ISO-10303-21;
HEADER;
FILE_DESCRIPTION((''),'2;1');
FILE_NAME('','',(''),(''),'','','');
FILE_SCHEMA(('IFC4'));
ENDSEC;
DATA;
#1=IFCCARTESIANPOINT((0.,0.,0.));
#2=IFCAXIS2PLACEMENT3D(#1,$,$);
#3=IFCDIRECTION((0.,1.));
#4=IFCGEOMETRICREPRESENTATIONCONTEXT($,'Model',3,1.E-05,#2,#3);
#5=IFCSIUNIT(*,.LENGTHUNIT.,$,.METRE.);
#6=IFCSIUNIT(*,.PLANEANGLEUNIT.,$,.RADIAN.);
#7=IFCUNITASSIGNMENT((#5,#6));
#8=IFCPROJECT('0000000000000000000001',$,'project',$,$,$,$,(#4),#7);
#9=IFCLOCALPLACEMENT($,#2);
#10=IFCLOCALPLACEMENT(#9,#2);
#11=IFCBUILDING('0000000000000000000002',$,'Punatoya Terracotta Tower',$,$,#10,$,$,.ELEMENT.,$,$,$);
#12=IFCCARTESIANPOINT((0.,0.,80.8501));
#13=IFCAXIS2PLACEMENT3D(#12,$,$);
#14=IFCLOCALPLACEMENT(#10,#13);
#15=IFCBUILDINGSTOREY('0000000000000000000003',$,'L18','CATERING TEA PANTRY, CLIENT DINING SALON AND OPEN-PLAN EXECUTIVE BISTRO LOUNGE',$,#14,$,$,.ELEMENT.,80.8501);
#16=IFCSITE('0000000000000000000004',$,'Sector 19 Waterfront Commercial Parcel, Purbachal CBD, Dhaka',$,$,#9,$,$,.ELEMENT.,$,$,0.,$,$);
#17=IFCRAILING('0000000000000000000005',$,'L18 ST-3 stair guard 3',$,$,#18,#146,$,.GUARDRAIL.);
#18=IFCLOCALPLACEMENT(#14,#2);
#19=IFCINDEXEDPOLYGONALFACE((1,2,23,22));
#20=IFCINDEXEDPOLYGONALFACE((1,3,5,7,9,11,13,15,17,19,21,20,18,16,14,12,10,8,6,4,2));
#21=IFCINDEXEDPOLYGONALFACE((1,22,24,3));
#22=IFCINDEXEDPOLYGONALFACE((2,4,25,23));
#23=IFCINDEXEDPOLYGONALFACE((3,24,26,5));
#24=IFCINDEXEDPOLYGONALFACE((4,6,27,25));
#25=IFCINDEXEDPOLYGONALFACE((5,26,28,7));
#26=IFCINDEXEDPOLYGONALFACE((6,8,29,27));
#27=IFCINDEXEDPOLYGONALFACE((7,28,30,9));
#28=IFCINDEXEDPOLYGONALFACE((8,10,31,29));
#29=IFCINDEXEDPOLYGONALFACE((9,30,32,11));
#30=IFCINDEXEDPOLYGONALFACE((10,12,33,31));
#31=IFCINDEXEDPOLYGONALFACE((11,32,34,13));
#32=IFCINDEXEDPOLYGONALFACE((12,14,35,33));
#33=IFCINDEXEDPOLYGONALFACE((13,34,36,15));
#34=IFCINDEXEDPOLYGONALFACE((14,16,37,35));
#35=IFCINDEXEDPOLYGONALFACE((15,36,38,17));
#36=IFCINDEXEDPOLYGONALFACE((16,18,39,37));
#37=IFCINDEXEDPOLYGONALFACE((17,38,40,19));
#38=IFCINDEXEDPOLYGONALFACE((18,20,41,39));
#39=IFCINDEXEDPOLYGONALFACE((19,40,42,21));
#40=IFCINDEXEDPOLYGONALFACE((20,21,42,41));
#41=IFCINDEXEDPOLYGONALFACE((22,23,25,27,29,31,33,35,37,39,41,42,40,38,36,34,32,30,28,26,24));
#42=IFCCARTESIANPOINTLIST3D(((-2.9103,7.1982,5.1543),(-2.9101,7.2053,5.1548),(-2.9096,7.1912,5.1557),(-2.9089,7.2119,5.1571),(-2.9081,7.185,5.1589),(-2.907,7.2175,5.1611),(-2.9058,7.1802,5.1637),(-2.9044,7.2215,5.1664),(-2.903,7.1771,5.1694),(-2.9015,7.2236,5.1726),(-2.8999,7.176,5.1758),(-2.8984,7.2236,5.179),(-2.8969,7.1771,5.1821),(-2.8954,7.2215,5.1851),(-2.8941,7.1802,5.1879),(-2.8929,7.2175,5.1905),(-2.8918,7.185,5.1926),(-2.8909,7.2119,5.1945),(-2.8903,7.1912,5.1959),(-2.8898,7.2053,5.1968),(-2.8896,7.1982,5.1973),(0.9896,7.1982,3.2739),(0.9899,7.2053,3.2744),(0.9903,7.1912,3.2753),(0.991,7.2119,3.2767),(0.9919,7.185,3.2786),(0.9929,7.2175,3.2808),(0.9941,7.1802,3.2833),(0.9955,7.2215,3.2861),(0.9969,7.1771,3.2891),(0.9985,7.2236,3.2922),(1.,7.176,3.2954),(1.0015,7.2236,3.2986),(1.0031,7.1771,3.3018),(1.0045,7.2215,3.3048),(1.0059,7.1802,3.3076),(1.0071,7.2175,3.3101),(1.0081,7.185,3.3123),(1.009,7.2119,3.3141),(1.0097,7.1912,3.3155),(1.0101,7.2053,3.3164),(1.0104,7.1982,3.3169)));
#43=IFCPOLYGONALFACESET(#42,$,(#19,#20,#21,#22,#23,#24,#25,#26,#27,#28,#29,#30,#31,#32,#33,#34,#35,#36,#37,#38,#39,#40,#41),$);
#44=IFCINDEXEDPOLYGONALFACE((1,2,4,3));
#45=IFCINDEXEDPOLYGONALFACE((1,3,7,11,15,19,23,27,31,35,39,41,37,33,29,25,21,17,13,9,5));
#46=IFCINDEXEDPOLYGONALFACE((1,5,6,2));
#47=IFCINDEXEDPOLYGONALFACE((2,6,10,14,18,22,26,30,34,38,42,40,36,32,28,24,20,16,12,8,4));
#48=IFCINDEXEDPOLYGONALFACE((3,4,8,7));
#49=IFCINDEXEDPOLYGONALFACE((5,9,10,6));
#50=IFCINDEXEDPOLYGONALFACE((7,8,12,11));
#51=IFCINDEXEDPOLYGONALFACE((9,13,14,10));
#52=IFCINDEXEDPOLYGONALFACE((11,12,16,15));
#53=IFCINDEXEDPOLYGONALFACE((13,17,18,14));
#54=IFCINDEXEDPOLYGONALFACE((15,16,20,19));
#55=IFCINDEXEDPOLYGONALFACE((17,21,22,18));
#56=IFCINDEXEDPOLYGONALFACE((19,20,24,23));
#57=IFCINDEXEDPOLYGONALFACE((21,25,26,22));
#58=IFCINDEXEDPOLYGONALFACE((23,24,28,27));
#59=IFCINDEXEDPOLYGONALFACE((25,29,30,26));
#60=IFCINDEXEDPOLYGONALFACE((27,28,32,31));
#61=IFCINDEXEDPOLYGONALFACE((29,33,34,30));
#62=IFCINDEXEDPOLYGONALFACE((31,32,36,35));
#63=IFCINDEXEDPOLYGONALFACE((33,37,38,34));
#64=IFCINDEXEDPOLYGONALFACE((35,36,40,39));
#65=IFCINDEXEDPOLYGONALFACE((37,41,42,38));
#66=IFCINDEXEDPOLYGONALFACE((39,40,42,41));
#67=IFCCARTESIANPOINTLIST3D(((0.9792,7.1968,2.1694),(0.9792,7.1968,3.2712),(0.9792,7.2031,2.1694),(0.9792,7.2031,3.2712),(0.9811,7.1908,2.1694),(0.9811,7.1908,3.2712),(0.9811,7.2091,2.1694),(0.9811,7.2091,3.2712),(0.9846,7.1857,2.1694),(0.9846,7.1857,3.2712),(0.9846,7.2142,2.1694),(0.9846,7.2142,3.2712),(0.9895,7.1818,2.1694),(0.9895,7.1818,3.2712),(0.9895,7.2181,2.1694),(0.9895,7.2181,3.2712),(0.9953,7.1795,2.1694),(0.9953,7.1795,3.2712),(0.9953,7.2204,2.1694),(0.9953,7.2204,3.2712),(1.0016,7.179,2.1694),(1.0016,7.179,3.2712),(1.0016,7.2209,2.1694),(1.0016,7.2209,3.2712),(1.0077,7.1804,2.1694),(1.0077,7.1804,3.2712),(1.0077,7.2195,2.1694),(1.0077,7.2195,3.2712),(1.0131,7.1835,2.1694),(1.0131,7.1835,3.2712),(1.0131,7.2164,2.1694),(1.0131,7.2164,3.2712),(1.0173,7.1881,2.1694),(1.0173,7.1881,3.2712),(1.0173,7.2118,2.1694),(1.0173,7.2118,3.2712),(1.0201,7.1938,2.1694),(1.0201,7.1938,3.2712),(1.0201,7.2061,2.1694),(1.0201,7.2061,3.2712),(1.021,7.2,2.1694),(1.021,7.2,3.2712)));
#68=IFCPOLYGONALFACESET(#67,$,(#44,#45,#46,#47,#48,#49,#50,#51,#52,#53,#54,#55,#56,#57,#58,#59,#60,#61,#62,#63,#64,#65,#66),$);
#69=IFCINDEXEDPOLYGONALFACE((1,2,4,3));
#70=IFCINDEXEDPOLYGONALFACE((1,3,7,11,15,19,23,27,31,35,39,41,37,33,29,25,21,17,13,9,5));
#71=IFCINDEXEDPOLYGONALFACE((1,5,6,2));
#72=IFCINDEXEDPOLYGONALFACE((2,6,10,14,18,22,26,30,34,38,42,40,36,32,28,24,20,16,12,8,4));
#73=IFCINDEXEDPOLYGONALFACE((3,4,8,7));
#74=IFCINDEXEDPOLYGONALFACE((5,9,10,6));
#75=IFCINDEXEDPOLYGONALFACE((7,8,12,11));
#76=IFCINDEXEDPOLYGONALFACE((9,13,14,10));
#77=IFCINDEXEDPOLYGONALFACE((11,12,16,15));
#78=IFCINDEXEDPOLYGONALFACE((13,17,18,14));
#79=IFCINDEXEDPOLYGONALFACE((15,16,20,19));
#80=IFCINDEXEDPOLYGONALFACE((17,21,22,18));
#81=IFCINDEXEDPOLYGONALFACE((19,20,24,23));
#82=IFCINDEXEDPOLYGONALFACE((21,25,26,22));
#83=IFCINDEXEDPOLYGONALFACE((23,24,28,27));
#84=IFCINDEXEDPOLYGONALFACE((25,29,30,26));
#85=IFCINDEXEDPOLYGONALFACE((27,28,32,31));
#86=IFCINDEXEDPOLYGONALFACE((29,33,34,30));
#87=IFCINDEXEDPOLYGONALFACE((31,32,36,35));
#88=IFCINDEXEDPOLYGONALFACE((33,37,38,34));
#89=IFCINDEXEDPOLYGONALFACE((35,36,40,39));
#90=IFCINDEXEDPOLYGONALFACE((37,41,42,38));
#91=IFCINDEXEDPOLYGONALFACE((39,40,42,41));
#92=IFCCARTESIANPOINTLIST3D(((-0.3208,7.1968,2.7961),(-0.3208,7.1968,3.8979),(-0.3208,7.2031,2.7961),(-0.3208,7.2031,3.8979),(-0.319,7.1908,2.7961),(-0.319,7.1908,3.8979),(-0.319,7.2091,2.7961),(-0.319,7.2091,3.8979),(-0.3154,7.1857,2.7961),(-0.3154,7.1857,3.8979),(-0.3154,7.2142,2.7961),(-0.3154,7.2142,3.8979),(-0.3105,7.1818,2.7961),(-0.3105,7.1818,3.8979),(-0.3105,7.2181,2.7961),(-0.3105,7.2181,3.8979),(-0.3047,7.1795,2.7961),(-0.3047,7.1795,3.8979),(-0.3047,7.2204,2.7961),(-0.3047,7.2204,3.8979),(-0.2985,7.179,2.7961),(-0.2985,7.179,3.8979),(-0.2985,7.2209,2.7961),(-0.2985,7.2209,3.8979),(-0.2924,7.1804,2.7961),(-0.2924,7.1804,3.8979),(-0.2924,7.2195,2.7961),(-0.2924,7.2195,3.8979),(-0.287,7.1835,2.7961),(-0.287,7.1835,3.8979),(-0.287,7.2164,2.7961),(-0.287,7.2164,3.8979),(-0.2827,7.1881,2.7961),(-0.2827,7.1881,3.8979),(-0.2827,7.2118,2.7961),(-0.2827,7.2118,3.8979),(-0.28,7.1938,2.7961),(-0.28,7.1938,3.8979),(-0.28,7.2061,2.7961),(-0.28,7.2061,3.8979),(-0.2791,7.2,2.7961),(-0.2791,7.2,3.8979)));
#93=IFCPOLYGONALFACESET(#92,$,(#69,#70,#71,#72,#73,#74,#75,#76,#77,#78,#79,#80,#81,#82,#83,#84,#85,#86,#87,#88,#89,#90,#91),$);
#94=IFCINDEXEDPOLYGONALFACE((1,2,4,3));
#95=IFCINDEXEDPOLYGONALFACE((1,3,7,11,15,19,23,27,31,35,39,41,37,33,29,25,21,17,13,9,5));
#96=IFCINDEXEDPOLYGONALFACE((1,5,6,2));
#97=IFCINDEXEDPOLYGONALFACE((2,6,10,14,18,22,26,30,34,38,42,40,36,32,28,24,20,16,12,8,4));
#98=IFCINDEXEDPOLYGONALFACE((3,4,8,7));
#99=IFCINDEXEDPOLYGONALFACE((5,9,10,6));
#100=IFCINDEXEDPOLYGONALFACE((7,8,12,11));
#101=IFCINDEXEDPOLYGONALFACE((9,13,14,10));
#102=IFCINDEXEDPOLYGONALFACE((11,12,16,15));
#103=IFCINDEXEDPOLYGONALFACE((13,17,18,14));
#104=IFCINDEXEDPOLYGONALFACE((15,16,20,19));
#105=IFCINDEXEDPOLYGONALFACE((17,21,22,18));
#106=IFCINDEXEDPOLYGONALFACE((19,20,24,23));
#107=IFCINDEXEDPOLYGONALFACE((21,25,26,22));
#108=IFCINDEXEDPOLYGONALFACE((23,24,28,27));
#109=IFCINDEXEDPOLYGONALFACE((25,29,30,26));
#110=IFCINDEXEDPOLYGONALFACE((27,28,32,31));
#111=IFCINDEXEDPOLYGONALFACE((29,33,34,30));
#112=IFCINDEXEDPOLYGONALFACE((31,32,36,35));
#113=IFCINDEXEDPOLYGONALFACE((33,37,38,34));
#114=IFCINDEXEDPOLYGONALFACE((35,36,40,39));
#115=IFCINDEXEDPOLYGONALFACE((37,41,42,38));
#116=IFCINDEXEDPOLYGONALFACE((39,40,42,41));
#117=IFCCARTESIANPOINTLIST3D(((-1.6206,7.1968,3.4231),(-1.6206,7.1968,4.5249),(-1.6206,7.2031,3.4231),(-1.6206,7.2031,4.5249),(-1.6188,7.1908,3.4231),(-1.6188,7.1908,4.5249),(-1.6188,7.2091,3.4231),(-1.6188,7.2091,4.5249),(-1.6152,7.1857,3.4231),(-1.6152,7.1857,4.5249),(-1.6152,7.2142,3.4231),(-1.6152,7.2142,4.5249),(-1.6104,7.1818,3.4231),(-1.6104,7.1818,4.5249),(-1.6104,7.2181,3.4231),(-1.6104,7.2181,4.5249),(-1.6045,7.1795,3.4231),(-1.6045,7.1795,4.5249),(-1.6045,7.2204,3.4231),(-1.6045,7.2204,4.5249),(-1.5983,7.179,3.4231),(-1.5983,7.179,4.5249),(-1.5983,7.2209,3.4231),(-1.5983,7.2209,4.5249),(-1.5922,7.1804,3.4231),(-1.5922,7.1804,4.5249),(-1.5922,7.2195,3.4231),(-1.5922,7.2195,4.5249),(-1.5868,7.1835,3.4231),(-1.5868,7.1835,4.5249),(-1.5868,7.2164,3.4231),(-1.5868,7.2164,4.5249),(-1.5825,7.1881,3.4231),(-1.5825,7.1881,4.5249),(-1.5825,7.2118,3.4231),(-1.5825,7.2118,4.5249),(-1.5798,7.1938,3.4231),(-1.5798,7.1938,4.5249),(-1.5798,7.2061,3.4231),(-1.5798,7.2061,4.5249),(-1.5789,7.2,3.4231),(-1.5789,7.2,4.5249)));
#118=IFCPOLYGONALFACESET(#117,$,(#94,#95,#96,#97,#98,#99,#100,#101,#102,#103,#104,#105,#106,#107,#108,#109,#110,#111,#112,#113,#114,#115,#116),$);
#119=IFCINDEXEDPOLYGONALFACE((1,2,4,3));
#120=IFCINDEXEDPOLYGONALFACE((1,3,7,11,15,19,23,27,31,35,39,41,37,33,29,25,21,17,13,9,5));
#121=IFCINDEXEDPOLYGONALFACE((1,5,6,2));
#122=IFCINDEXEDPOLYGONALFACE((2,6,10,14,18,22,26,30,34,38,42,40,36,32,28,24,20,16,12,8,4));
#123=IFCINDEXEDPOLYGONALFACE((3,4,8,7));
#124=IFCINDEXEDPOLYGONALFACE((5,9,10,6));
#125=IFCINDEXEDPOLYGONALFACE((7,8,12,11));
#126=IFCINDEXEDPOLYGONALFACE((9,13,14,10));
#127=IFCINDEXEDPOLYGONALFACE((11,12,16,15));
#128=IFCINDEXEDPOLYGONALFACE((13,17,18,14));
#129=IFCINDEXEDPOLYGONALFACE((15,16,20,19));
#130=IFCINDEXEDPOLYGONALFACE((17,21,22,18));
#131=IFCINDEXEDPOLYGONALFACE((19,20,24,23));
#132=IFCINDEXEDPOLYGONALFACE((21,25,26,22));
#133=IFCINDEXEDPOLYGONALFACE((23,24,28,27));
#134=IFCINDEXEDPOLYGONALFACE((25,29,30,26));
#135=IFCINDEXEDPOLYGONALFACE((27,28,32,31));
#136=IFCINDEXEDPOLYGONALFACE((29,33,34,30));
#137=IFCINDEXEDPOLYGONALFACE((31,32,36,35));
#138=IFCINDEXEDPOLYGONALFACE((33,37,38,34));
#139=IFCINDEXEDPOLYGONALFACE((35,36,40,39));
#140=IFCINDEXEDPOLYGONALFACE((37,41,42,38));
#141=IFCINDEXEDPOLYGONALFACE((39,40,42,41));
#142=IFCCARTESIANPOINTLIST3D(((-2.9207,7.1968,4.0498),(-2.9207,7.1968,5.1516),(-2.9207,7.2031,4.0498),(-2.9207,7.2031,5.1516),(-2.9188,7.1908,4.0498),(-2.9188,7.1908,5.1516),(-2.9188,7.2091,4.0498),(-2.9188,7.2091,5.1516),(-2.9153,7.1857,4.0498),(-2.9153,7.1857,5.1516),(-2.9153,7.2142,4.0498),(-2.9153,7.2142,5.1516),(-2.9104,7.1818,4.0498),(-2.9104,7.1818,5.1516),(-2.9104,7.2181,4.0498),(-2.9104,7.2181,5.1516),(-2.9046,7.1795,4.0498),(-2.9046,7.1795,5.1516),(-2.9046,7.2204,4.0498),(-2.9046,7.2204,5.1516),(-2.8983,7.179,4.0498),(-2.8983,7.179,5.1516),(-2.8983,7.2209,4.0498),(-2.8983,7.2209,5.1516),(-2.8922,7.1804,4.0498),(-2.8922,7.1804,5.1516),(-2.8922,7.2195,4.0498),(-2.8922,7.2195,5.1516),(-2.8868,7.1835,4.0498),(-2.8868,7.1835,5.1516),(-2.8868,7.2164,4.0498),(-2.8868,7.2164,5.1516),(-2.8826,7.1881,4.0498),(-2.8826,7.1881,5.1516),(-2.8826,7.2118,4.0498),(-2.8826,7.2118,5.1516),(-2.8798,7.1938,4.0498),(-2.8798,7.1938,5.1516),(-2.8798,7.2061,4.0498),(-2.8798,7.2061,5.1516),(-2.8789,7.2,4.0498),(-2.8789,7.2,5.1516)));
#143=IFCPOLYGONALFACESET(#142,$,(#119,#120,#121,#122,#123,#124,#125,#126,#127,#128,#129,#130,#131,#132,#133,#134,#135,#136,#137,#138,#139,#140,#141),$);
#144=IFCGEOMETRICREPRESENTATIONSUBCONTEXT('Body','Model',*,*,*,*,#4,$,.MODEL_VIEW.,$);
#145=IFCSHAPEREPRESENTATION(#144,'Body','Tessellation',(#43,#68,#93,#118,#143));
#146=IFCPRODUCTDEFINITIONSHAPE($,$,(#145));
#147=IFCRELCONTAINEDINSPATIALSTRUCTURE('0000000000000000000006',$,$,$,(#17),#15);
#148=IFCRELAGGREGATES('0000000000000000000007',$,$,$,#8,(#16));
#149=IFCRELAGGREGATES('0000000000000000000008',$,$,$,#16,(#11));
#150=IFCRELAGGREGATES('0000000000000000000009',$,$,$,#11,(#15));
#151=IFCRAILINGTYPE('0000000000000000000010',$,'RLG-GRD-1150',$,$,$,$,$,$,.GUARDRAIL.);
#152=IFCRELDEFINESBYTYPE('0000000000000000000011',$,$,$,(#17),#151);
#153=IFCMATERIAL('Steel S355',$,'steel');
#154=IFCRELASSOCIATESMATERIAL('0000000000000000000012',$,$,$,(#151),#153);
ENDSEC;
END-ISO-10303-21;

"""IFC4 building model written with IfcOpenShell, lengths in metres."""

from ifc_helpers import new_model, si_unit, direction, frame, origin, origin_2d, place, context, subcontext, project, spatial, circle, extrude, material, type_object, element, save


model = new_model("IFC4")

# Units and contexts
model_context = context("Model", 3, precision=1e-05, world=origin(), true_north=direction((0.0, 1.0)))
body_context = subcontext(model_context, "Body", "Model", "MODEL_VIEW")
ifc_project = project(units=[si_unit("LENGTHUNIT", "METRE"), si_unit("PLANEANGLEUNIT", "RADIAN")], contexts=[model_context])

# Site, building, storey
site_placement = place(None, origin())
site = spatial("IfcSite", under=ifc_project, at=site_placement, Name="Sector 19 Waterfront Commercial Parcel, Purbachal CBD, Dhaka", CompositionType="ELEMENT", RefElevation=0.0)
building_placement = place(site_placement, origin())
building = spatial("IfcBuilding", under=site, at=building_placement, Name="Punatoya Terracotta Tower", CompositionType="ELEMENT")
storey_placement = place(building_placement, frame((0.0, 0.0, 80.8501)))
storey = spatial("IfcBuildingStorey", under=building, at=storey_placement, Name="L18", Description="CATERING TEA PANTRY, CLIENT DINING SALON AND OPEN-PLAN EXECUTIVE BISTRO LOUNGE", CompositionType="ELEMENT", Elevation=80.8501)

# Shared definitions
ifc_material_1 = material(Name="Steel S355", Category="steel")

# Railing
railing_type_1 = type_object("IfcRailingType", Name="RLG-GRD-1150", PredefinedType="GUARDRAIL", material=ifc_material_1)
railing_1_placement = place(storey_placement, frame((1.0, 7.2, 2.1694)))
element("IfcRailing", 1, at=railing_1_placement, inside=storey, type_object=railing_type_1, Name="L18 ST-3 stair guard 3", PredefinedType="GUARDRAIL", context=body_context, shape_type="SweptSolid", body=[
    extrude(circle(Radius=0.0239, at=origin_2d()), frame((0.0, 0.0, 1.126), z_axis=(-0.900763, 0.0, 0.434311), x_axis=(0.0, -1.0, 0.0)), (0.0, 0.0, 1.0), 4.3296),
    extrude(circle(Radius=0.021, at=origin_2d()), origin(), (0.0, 0.0, 1.0), 1.1018),
    extrude(circle(Radius=0.021, at=origin_2d()), frame((-1.3, 0.0, 0.6267)), (0.0, 0.0, 1.0), 1.1018),
    extrude(circle(Radius=0.021, at=origin_2d()), frame((-2.5999, 0.0, 1.2537)), (0.0, 0.0, 1.0), 1.1018),
    extrude(circle(Radius=0.021, at=origin_2d()), frame((-3.8999, 0.0, 1.8804)), (0.0, 0.0, 1.0), 1.1018),
])

save(model, "model.ifc")
